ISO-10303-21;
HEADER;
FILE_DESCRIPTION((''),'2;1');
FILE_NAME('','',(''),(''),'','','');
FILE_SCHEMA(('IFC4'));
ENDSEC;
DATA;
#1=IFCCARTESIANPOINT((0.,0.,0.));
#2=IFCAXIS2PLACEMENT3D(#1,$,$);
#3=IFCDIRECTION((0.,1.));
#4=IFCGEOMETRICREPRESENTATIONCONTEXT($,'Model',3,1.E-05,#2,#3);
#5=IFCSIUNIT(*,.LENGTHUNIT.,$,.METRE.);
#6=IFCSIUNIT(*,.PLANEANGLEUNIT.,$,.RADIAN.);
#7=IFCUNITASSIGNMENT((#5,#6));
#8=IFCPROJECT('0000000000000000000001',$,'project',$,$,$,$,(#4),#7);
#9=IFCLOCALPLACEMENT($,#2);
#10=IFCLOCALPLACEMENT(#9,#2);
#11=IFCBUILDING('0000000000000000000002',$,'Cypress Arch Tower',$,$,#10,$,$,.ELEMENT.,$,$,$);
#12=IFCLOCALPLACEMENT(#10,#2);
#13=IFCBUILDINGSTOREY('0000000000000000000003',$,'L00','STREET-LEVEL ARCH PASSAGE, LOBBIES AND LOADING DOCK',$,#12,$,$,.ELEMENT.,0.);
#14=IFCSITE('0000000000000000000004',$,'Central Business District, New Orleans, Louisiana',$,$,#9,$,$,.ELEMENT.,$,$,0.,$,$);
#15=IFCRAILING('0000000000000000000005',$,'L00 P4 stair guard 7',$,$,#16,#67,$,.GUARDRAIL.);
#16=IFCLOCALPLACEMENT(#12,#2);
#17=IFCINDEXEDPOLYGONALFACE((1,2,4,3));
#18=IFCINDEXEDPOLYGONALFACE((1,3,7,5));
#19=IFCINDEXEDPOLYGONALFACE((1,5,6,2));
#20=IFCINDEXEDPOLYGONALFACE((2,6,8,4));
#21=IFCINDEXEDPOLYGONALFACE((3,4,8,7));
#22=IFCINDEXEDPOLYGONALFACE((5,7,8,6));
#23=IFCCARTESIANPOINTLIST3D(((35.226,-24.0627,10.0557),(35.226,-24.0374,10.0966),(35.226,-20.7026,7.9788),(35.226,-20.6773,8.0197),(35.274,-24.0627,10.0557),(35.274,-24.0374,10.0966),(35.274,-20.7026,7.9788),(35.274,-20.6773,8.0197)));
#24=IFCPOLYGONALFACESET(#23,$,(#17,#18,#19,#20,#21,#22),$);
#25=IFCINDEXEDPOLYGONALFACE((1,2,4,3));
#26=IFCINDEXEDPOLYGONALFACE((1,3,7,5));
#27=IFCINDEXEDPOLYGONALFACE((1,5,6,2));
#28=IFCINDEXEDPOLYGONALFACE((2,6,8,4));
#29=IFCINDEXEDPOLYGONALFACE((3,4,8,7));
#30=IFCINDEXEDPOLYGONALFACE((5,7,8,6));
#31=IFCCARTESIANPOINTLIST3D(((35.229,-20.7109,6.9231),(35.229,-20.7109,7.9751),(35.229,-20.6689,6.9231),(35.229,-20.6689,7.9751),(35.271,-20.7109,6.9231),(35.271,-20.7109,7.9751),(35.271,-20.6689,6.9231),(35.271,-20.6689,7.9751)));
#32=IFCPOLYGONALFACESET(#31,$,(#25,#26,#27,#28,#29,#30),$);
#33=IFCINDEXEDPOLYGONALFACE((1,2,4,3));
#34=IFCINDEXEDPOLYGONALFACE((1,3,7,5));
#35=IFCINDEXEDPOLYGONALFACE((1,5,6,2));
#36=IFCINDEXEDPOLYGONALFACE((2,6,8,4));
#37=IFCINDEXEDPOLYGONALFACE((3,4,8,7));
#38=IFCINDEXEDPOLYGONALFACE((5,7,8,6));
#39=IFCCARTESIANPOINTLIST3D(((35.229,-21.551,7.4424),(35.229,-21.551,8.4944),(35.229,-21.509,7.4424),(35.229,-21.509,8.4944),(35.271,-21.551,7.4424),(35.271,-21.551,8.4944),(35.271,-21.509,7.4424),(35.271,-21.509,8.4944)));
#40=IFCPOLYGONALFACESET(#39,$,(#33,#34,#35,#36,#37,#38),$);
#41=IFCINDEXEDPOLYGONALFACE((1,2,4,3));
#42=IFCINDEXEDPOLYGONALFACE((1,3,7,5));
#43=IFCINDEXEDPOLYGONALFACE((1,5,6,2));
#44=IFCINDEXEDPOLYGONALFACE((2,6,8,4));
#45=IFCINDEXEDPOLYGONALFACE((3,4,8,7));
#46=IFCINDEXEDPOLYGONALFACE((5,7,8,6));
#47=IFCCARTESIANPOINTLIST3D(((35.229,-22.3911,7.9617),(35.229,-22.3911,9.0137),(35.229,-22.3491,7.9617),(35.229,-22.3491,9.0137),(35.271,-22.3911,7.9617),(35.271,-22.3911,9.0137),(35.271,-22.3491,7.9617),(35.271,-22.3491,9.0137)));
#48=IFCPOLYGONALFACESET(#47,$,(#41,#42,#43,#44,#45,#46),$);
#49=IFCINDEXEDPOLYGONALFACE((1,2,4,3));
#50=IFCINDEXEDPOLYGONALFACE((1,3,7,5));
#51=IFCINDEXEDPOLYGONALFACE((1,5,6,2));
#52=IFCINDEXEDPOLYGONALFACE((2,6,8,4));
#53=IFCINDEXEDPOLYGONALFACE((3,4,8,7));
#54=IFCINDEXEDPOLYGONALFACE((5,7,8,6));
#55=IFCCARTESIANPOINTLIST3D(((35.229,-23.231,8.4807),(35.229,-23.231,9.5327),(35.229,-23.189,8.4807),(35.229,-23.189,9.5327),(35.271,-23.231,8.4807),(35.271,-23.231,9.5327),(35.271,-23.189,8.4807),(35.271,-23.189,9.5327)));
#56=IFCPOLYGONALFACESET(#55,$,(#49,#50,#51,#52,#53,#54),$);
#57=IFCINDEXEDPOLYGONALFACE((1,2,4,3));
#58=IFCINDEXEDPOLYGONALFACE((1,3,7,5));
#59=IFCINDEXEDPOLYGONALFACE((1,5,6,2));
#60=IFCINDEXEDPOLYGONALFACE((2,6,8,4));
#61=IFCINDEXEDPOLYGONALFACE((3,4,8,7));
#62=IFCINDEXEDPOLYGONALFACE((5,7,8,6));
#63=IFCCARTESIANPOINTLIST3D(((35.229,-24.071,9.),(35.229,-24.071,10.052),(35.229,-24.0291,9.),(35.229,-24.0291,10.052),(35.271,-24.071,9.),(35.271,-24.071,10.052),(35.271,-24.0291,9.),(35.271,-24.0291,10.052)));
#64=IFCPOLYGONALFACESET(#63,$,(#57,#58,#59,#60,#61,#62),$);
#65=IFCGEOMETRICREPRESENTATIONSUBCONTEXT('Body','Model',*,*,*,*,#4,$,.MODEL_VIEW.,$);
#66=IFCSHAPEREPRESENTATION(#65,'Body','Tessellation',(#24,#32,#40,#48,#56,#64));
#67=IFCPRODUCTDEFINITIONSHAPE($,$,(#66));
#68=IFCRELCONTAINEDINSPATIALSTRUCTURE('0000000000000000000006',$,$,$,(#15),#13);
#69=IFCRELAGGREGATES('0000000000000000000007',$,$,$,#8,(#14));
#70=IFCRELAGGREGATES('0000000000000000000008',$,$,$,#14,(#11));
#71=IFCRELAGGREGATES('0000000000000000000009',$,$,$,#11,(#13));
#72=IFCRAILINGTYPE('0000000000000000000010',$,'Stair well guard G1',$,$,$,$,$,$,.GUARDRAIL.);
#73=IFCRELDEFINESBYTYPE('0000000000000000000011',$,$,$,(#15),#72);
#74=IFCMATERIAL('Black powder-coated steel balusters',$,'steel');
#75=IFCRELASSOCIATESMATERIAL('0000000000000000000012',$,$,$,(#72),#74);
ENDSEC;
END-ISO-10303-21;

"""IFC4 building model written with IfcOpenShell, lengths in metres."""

from ifc_helpers import new_model, si_unit, direction, frame, origin, origin_2d, place, context, subcontext, project, spatial, rectangle, extrude, material, type_object, element, save


model = new_model("IFC4")

# Units and contexts
model_context = context("Model", 3, precision=1e-05, world=origin(), true_north=direction((0.0, 1.0)))
body_context = subcontext(model_context, "Body", "Model", "MODEL_VIEW")
ifc_project = project(units=[si_unit("LENGTHUNIT", "METRE"), si_unit("PLANEANGLEUNIT", "RADIAN")], contexts=[model_context])

# Site, building, storey
site_placement = place(None, origin())
site = spatial("IfcSite", under=ifc_project, at=site_placement, Name="Central Business District, New Orleans, Louisiana", CompositionType="ELEMENT", RefElevation=0.0)
building_placement = place(site_placement, origin())
building = spatial("IfcBuilding", under=site, at=building_placement, Name="Cypress Arch Tower", CompositionType="ELEMENT")
storey_placement = place(building_placement, origin())
storey = spatial("IfcBuildingStorey", under=building, at=storey_placement, Name="L00", Description="STREET-LEVEL ARCH PASSAGE, LOBBIES AND LOADING DOCK", CompositionType="ELEMENT", Elevation=0.0)

# Railing
ifc_material_1 = material(Name="Black powder-coated steel balusters", Category="steel")
railing_type_1 = type_object("IfcRailingType", Name="Stair well guard G1", PredefinedType="GUARDRAIL", material=ifc_material_1)
railing_1_placement = place(storey_placement, frame((35.25, -20.6899, 6.9231)))
element("IfcRailing", 1, at=railing_1_placement, inside=storey, type_object=railing_type_1, Name="L00 P4 stair guard 7", PredefinedType="GUARDRAIL", context=body_context, shape_type="SweptSolid", body=[
    extrude(rectangle(XDim=0.0481, YDim=0.0481, at=origin_2d()), frame((0.0, 0.0, 1.0762), z_axis=(0.0, -0.850623, 0.525776), x_axis=(1.0, 0.0, 0.0)), (0.0, 0.0, 1.0), 3.9502),
    extrude(rectangle(XDim=0.042, YDim=0.042, at=origin_2d()), origin(), (0.0, 0.0, 1.0), 1.052),
    extrude(rectangle(XDim=0.042, YDim=0.042, at=origin_2d()), frame((0.0, -0.8401, 0.5193)), (0.0, 0.0, 1.0), 1.052),
    extrude(rectangle(XDim=0.042, YDim=0.042, at=origin_2d()), frame((0.0, -1.6802, 1.0386)), (0.0, 0.0, 1.0), 1.052),
    extrude(rectangle(XDim=0.042, YDim=0.042, at=origin_2d()), frame((0.0, -2.52, 1.5576)), (0.0, 0.0, 1.0), 1.052),
    extrude(rectangle(XDim=0.042, YDim=0.042, at=origin_2d()), frame((0.0, -3.3601, 2.0769)), (0.0, 0.0, 1.0), 1.052),
])

save(model, "model.ifc")
